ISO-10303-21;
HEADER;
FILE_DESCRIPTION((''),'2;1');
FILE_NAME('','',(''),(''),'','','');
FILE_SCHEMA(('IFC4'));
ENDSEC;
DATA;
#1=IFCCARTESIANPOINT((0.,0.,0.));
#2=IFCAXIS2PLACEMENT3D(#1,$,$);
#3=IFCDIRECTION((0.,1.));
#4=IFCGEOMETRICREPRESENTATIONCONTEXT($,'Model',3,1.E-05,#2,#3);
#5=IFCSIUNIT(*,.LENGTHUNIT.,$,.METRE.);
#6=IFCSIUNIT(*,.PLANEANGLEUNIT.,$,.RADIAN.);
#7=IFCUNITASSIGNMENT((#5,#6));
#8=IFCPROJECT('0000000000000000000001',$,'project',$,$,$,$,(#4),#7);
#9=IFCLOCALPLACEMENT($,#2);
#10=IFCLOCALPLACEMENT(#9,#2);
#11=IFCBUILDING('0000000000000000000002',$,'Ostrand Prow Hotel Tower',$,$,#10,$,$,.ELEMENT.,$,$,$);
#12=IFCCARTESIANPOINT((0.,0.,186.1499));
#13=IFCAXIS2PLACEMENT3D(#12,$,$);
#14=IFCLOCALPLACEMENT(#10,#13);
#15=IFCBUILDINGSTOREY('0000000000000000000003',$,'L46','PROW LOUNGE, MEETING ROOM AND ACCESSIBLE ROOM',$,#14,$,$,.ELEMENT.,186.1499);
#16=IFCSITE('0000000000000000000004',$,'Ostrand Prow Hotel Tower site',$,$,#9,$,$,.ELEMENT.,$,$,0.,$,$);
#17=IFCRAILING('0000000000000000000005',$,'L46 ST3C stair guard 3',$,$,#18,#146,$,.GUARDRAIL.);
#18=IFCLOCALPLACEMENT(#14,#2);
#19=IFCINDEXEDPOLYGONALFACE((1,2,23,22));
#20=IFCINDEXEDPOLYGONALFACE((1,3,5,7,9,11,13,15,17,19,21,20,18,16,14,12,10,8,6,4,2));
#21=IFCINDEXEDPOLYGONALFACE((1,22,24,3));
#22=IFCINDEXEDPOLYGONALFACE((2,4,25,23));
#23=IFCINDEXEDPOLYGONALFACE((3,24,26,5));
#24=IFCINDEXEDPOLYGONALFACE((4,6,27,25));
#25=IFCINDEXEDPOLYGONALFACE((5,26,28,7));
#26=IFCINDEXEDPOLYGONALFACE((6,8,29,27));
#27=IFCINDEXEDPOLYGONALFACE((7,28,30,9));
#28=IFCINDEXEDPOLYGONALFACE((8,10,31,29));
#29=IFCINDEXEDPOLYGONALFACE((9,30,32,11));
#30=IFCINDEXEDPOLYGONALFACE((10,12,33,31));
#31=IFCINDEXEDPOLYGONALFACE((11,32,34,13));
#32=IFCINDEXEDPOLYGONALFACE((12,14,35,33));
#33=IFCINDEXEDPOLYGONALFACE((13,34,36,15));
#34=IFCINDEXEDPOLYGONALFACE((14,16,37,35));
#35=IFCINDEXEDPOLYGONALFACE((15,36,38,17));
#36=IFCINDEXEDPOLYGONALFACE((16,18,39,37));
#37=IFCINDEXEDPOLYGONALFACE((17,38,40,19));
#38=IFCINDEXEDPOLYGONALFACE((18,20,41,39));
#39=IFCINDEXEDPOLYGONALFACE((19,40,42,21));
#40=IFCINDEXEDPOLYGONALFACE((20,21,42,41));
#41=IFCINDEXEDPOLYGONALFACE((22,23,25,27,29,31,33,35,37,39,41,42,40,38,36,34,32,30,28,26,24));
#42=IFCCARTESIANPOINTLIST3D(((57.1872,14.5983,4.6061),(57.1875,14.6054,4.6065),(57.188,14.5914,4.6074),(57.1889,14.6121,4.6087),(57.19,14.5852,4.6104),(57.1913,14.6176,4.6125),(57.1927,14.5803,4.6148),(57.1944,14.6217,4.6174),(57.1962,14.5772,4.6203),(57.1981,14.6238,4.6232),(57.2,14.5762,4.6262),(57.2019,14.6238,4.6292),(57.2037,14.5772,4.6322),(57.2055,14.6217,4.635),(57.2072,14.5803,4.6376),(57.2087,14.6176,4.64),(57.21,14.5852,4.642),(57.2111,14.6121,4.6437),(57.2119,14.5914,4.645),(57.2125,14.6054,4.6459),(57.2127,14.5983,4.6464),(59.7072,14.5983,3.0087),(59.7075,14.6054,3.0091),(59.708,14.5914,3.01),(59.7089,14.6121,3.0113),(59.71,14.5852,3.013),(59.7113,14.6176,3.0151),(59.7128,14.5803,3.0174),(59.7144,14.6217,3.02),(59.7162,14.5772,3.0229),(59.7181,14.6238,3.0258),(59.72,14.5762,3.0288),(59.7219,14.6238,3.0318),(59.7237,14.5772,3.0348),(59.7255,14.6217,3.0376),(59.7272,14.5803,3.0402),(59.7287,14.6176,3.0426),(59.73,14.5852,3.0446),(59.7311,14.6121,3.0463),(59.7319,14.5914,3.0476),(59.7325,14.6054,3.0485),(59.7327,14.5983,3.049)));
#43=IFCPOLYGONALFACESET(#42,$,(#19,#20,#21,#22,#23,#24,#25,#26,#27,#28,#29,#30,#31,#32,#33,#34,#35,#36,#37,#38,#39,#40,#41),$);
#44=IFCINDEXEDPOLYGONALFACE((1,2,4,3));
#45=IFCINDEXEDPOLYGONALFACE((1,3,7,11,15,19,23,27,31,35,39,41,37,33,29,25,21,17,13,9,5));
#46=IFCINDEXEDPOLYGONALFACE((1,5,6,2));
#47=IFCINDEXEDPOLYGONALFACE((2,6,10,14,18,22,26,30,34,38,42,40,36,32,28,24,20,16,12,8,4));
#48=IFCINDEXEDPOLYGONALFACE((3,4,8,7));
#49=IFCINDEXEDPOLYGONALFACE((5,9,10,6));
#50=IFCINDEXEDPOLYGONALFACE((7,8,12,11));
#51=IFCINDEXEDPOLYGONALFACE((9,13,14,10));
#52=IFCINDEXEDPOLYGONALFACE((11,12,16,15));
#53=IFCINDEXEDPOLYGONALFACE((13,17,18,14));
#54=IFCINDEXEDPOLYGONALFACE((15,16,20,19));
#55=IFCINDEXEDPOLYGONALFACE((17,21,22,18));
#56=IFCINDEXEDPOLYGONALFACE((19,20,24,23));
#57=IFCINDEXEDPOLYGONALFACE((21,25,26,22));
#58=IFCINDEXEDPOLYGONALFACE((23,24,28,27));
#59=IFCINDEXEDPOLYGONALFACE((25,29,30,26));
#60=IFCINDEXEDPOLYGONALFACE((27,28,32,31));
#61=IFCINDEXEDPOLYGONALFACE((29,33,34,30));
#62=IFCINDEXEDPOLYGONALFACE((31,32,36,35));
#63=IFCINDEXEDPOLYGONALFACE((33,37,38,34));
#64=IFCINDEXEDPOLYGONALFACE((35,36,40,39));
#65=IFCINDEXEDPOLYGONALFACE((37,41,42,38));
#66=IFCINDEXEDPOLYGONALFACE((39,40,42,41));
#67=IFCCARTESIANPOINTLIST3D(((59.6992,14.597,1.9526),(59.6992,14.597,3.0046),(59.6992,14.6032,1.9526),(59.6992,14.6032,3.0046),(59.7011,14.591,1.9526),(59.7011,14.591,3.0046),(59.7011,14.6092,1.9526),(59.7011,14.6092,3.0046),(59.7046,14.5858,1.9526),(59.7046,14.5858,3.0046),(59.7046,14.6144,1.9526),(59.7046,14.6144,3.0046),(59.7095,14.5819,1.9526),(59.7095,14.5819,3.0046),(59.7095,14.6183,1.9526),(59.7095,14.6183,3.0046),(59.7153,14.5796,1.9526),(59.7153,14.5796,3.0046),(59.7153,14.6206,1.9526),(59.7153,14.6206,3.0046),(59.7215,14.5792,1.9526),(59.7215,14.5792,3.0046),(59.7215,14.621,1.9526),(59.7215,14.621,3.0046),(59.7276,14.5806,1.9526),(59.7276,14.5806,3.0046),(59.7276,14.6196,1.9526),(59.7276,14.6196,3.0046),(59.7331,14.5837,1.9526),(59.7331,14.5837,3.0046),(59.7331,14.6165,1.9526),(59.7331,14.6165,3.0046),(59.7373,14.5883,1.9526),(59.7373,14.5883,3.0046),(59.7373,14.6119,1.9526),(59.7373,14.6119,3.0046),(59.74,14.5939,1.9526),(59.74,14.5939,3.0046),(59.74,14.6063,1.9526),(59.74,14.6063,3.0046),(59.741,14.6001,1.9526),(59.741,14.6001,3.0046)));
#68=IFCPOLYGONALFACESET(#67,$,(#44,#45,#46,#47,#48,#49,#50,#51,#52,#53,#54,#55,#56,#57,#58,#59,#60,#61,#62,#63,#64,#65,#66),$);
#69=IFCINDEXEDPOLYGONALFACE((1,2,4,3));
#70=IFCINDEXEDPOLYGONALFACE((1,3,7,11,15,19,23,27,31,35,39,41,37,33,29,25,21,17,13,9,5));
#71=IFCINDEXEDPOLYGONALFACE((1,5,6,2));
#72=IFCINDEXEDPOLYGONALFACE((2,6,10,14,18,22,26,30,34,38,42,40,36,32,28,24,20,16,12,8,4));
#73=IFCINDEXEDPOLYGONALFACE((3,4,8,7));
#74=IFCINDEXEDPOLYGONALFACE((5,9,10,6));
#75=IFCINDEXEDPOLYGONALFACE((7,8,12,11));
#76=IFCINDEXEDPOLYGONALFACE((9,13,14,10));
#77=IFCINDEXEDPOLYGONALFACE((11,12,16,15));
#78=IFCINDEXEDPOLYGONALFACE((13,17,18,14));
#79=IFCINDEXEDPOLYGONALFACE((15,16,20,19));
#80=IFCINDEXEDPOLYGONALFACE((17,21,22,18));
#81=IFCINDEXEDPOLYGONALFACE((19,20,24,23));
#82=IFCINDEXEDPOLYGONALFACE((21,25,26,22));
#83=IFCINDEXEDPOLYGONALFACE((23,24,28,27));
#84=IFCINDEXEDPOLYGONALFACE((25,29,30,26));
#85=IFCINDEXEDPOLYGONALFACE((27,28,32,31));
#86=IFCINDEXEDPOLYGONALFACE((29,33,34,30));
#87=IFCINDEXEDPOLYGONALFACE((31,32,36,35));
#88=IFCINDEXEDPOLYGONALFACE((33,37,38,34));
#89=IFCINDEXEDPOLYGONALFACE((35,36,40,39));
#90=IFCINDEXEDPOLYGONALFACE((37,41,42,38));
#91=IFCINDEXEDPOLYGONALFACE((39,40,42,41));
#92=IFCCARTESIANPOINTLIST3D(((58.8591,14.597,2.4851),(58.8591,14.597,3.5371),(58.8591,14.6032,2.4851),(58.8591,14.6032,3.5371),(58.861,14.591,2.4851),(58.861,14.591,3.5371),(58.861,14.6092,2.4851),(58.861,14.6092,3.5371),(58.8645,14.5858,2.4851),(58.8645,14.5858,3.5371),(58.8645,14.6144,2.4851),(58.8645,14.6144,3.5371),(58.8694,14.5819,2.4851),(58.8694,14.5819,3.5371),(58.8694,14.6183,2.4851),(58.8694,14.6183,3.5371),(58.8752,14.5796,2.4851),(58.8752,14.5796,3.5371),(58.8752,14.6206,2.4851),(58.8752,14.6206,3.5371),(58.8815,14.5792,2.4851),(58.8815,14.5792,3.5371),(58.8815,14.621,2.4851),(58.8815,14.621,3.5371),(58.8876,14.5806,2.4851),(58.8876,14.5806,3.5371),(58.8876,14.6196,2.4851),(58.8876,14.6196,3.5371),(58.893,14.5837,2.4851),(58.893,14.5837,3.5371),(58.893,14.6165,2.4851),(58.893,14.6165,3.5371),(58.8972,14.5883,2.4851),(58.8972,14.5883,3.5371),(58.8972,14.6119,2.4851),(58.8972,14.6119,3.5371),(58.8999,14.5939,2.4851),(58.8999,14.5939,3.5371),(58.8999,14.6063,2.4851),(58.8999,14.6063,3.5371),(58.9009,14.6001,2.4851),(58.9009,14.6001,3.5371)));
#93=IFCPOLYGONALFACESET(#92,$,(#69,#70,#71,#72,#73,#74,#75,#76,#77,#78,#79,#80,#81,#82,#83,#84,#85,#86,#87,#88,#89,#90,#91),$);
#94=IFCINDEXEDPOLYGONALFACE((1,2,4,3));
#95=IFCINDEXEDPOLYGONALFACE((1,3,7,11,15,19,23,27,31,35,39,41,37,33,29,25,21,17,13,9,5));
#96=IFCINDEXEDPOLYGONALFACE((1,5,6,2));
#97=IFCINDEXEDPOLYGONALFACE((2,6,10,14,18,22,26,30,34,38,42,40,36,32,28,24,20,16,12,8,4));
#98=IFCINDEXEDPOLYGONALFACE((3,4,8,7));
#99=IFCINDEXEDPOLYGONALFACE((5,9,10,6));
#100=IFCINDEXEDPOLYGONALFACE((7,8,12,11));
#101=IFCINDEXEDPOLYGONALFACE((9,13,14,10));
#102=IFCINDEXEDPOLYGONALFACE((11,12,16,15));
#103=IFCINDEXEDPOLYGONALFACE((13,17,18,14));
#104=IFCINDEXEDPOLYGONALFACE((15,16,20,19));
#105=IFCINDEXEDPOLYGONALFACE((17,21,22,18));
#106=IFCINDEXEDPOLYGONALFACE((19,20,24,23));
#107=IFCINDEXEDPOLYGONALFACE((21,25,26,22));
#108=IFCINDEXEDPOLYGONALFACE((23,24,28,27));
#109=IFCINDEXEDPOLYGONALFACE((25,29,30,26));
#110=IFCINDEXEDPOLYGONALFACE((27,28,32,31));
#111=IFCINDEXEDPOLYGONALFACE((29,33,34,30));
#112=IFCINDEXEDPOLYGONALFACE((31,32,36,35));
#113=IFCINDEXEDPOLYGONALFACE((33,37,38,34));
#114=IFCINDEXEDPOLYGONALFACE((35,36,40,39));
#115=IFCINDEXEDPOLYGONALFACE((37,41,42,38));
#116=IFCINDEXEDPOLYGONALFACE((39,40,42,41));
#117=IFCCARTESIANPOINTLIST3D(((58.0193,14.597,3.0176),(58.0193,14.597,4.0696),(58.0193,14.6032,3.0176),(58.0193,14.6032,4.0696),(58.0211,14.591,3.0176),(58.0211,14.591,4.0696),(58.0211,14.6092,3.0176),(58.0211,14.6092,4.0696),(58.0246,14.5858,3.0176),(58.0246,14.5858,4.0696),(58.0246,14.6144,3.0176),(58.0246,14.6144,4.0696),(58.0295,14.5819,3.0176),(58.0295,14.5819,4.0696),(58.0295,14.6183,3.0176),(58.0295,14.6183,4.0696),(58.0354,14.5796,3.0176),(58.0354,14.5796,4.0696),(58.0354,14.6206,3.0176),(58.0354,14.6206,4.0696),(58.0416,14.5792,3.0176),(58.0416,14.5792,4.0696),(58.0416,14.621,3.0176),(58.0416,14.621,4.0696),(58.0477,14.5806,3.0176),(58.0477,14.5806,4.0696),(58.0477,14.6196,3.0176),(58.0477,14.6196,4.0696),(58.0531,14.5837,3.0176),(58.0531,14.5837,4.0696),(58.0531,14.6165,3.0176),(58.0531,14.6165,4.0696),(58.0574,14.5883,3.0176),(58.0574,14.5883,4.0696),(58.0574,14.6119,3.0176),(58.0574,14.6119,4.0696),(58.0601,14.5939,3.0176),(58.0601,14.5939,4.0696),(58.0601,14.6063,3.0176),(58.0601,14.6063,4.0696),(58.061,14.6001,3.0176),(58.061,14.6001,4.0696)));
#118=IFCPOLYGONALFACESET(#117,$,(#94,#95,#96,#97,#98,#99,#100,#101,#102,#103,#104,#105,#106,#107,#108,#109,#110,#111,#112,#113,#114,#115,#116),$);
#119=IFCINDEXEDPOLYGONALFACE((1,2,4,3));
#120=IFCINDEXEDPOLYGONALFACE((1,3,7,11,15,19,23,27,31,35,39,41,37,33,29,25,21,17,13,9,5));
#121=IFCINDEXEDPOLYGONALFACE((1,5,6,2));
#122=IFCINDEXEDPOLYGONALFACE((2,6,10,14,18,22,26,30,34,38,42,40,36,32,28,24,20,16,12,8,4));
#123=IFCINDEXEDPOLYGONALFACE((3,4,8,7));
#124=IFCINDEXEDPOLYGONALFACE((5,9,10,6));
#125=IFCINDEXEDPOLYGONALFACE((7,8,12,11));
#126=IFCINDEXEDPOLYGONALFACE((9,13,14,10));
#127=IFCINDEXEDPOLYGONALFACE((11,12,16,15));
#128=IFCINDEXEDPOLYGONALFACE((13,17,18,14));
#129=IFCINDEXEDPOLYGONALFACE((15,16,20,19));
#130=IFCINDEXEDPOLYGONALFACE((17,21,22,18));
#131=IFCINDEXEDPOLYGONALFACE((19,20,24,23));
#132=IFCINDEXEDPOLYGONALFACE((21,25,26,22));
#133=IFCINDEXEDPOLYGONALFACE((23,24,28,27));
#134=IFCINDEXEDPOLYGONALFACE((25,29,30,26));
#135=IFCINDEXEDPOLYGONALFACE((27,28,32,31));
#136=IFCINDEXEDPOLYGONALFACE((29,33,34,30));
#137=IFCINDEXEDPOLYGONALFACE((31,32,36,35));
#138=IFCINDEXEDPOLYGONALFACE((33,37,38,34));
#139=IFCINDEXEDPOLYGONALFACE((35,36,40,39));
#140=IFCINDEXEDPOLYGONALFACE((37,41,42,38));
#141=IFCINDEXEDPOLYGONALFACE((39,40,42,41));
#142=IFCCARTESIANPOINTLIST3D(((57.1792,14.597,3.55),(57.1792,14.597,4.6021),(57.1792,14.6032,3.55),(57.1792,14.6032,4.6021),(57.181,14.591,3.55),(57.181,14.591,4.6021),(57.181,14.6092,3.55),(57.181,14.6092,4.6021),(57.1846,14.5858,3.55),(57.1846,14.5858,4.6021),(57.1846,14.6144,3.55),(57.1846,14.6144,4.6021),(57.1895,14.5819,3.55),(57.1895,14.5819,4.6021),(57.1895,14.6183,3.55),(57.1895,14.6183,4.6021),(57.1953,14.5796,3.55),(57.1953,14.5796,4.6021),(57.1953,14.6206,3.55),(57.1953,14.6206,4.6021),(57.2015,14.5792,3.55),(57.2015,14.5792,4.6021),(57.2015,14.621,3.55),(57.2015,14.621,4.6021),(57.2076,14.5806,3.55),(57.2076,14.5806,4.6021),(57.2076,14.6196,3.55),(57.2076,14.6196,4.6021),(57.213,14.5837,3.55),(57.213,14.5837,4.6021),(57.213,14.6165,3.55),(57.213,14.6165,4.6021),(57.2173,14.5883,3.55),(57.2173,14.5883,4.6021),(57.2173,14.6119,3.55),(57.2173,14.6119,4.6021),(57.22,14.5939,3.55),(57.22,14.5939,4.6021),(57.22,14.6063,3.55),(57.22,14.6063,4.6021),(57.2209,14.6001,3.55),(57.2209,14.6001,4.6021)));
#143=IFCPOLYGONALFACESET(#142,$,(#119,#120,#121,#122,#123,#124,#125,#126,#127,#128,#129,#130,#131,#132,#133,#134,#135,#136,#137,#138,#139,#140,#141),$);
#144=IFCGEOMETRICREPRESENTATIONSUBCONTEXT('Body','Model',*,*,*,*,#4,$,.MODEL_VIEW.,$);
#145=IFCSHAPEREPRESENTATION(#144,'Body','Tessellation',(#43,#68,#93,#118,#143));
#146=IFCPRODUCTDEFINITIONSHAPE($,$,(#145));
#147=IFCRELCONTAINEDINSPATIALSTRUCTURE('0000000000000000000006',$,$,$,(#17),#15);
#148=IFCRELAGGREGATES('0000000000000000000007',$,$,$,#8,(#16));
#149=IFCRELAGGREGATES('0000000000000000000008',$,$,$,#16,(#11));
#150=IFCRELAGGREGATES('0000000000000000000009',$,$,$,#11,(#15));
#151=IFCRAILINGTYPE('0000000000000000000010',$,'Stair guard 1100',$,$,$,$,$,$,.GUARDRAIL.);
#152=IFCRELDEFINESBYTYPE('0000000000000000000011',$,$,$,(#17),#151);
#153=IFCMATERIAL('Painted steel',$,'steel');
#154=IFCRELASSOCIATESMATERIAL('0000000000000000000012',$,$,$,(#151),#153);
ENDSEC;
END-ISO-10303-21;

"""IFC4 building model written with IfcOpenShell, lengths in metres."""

from ifc_helpers import new_model, si_unit, direction, frame, origin, origin_2d, place, context, subcontext, project, spatial, circle, extrude, material, type_object, element, save


model = new_model("IFC4")

# Units and contexts
model_context = context("Model", 3, precision=1e-05, world=origin(), true_north=direction((0.0, 1.0)))
body_context = subcontext(model_context, "Body", "Model", "MODEL_VIEW")
ifc_project = project(units=[si_unit("LENGTHUNIT", "METRE"), si_unit("PLANEANGLEUNIT", "RADIAN")], contexts=[model_context])

# Site, building, storey
site_placement = place(None, origin())
site = spatial("IfcSite", under=ifc_project, at=site_placement, Name="Ostrand Prow Hotel Tower site", CompositionType="ELEMENT", RefElevation=0.0)
building_placement = place(site_placement, origin())
building = spatial("IfcBuilding", under=site, at=building_placement, Name="Ostrand Prow Hotel Tower", CompositionType="ELEMENT")
storey_placement = place(building_placement, frame((0.0, 0.0, 186.1499)))
storey = spatial("IfcBuildingStorey", under=building, at=storey_placement, Name="L46", Description="PROW LOUNGE, MEETING ROOM AND ACCESSIBLE ROOM", CompositionType="ELEMENT", Elevation=186.1499)

# Railing
ifc_material_1 = material(Name="Painted steel", Category="steel")
railing_type_1 = type_object("IfcRailingType", Name="Stair guard 1100", PredefinedType="GUARDRAIL", material=ifc_material_1)
railing_1_placement = place(storey_placement, frame((59.72, 14.6001, 1.9526)))
element("IfcRailing", 1, at=railing_1_placement, inside=storey, type_object=railing_type_1, Name="L46 ST3C stair guard 3", PredefinedType="GUARDRAIL", context=body_context, shape_type="SweptSolid", body=[
    extrude(circle(Radius=0.0239, at=origin_2d()), frame((0.0, 0.0, 1.0762), z_axis=(-0.844607, 0.0, 0.535387), x_axis=(0.0, -1.0, 0.0)), (0.0, 0.0, 1.0), 2.9836),
    extrude(circle(Radius=0.021, at=origin_2d()), origin(), (0.0, 0.0, 1.0), 1.052),
    extrude(circle(Radius=0.021, at=origin_2d()), frame((-0.8401, 0.0, 0.5325)), (0.0, 0.0, 1.0), 1.052),
    extrude(circle(Radius=0.021, at=origin_2d()), frame((-1.6799, 0.0, 1.0649)), (0.0, 0.0, 1.0), 1.052),
    extrude(circle(Radius=0.021, at=origin_2d()), frame((-2.52, 0.0, 1.5974)), (0.0, 0.0, 1.0), 1.052),
])

save(model, "model.ifc")
